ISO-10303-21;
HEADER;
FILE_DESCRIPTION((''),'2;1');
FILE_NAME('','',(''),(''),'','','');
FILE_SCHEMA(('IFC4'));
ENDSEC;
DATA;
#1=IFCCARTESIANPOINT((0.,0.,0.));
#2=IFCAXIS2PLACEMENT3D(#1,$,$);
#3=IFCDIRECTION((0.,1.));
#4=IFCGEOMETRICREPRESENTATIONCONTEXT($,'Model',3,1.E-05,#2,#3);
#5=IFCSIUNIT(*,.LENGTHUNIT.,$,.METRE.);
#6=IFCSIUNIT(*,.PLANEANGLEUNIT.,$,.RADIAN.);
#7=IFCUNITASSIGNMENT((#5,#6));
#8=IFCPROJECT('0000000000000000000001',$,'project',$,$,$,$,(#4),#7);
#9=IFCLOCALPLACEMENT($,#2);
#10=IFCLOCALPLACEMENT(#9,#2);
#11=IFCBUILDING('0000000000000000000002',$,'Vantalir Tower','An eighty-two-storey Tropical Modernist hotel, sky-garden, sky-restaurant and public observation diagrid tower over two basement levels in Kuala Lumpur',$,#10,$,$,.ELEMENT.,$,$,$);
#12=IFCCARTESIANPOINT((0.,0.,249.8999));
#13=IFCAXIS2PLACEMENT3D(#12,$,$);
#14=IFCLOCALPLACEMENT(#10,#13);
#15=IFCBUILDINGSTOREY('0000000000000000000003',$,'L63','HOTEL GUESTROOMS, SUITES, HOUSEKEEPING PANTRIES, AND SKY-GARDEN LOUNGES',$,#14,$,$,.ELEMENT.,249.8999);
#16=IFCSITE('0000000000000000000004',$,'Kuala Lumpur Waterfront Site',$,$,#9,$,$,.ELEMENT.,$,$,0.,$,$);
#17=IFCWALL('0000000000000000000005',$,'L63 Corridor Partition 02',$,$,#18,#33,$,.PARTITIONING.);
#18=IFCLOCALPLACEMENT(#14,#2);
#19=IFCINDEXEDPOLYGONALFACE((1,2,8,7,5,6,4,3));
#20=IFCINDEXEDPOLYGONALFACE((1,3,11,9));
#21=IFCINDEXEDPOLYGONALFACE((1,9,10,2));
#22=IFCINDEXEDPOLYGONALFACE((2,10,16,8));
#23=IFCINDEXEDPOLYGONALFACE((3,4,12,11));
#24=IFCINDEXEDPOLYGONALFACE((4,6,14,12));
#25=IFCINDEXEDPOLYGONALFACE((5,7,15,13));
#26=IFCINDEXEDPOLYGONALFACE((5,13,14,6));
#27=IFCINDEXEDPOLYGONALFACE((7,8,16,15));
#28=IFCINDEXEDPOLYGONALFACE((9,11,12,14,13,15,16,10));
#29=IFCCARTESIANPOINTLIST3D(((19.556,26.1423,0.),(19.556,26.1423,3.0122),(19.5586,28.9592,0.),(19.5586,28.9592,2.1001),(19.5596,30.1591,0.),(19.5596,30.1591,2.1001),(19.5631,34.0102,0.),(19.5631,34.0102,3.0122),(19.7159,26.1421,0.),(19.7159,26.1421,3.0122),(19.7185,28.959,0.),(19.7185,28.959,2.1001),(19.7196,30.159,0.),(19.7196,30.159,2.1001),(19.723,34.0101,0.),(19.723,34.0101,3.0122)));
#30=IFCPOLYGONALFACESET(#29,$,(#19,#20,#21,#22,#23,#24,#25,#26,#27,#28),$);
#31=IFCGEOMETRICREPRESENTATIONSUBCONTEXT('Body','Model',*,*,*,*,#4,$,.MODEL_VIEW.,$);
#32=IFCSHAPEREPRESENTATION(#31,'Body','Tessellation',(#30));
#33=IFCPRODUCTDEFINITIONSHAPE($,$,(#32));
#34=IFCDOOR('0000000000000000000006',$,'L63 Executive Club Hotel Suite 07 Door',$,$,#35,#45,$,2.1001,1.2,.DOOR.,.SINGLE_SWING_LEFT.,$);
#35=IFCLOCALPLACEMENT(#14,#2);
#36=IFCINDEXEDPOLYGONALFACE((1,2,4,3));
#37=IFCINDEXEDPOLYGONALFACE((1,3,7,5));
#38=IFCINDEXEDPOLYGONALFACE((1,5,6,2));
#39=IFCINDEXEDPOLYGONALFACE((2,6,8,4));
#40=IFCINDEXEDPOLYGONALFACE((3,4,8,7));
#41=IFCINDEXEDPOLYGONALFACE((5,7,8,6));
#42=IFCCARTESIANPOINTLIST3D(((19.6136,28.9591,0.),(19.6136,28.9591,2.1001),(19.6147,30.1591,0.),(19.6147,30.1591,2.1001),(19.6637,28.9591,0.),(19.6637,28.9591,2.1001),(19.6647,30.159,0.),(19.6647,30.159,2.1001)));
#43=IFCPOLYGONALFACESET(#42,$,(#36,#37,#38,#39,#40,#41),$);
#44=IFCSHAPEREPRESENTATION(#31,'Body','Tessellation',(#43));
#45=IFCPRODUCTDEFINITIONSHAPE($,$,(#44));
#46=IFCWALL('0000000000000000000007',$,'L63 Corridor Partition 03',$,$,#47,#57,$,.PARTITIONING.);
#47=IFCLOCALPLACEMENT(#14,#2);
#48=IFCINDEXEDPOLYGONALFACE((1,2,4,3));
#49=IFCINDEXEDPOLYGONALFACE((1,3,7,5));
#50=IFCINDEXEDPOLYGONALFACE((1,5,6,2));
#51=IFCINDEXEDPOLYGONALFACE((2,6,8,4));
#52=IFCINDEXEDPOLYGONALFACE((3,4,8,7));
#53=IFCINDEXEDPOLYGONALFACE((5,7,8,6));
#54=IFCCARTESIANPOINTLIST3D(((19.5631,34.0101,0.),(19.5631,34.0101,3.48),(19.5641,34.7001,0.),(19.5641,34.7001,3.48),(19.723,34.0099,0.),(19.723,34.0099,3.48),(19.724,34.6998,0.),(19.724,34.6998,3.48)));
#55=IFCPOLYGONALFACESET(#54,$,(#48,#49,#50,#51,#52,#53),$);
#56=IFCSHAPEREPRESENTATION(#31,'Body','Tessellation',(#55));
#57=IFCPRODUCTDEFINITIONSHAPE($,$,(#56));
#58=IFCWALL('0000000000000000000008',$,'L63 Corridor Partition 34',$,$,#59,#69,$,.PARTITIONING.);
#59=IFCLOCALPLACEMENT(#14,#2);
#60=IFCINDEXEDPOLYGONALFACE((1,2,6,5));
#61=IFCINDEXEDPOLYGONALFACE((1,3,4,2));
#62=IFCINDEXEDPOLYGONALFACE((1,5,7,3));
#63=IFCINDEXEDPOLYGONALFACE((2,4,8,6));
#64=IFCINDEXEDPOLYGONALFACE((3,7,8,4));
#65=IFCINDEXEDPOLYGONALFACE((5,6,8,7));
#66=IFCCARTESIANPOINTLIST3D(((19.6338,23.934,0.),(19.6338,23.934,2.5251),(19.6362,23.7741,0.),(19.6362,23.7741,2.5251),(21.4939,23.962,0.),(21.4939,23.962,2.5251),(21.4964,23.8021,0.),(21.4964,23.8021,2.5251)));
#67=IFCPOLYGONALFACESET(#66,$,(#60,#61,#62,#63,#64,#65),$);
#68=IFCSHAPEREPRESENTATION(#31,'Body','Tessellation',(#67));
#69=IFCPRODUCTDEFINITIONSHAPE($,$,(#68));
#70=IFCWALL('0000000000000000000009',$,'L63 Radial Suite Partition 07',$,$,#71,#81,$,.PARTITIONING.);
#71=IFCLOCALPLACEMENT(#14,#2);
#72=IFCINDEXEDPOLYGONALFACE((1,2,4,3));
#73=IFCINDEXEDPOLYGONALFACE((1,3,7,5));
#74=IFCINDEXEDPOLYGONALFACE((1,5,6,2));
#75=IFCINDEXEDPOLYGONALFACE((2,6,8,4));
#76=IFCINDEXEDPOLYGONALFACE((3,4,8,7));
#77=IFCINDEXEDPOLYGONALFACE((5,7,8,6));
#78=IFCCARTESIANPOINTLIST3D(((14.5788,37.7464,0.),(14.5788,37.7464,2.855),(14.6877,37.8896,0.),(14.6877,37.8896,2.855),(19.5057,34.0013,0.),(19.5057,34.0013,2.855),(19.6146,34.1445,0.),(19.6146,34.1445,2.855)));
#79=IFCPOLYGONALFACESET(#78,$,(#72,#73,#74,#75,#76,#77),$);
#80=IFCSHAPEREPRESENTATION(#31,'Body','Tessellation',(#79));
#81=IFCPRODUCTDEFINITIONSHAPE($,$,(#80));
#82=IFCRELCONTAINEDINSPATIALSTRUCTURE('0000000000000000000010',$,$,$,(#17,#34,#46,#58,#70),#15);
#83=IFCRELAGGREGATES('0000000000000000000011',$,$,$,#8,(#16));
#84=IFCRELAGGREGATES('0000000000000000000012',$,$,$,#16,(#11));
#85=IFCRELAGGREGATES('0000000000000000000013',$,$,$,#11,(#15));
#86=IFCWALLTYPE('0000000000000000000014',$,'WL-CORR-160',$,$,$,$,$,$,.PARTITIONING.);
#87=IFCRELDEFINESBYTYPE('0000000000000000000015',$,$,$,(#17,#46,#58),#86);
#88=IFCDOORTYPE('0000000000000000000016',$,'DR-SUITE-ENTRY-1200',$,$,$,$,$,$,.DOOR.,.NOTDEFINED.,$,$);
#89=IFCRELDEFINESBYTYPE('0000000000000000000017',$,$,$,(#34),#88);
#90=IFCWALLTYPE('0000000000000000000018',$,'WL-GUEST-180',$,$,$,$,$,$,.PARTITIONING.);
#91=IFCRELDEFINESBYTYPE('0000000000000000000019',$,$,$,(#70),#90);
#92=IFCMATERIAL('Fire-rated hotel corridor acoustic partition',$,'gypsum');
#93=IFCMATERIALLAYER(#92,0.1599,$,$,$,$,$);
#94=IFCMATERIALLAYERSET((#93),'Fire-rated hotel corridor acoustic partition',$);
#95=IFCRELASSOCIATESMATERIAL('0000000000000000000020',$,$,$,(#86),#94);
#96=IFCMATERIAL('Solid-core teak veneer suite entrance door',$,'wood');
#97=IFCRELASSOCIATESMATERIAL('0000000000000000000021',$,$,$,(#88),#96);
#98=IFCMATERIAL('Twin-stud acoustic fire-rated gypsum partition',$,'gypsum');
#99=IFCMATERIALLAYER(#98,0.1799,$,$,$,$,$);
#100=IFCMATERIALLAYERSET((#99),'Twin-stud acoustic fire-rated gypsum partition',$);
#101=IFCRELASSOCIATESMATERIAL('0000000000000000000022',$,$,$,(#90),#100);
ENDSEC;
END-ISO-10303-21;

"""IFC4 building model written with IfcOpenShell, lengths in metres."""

from ifc_helpers import new_model, si_unit, direction, frame, frame_2d, origin, place, context, subcontext, project, spatial, rectangle, extrude, material, layer, layer_set, type_object, element, fill, save


model = new_model("IFC4")

# Units and contexts
model_context = context("Model", 3, precision=1e-05, world=origin(), true_north=direction((0.0, 1.0)))
body_context = subcontext(model_context, "Body", "Model", "MODEL_VIEW")
ifc_project = project(units=[si_unit("LENGTHUNIT", "METRE"), si_unit("PLANEANGLEUNIT", "RADIAN")], contexts=[model_context])

# Site, building, storey
site_placement = place(None, origin())
site = spatial("IfcSite", under=ifc_project, at=site_placement, Name="Kuala Lumpur Waterfront Site", CompositionType="ELEMENT", RefElevation=0.0)
building_placement = place(site_placement, origin())
building = spatial("IfcBuilding", under=site, at=building_placement, Name="Vantalir Tower", Description="An eighty-two-storey Tropical Modernist hotel, sky-garden, sky-restaurant and public observation diagrid tower over two basement levels in Kuala Lumpur", CompositionType="ELEMENT")
storey_placement = place(building_placement, frame((0.0, 0.0, 249.8999)))
storey = spatial("IfcBuildingStorey", under=building, at=storey_placement, Name="L63", Description="HOTEL GUESTROOMS, SUITES, HOUSEKEEPING PANTRIES, AND SKY-GARDEN LOUNGES", CompositionType="ELEMENT", Elevation=249.8999)

# Wall, opening, door
ifc_material_1 = material(Name="Fire-rated hotel corridor acoustic partition", Category="gypsum")
ifc_layer_1 = layer(ifc_material_1, 0.1599)
ifc_layer_set_1 = layer_set([ifc_layer_1], Name="Fire-rated hotel corridor acoustic partition")
wall_type_1 = type_object("IfcWallType", Name="WL-CORR-160", PredefinedType="PARTITIONING", material=ifc_layer_set_1)
wall_1_placement = place(storey_placement, frame((19.636, 26.1421, 0.0), z_axis=(0.0, 0.0, 1.0), x_axis=(0.0009, 1.0, 0.0)))
wall_1 = element("IfcWall", 1, at=wall_1_placement, inside=storey, type_object=wall_type_1, Name="L63 Corridor Partition 02", PredefinedType="PARTITIONING", context=body_context, shape_type="SweptSolid", body=[
    extrude(rectangle(XDim=7.8679, YDim=0.1599, at=frame_2d((3.9341, 0.0))), origin(), (0.0, 0.0, 1.0), 3.0122),
])
opening_1_placement = place(wall_1_placement, frame((2.8169, 0.0, 0.0)))
opening_1 = element("IfcOpeningElement", 2, at=opening_1_placement, cuts=wall_1, PredefinedType="OPENING", context=body_context, shape_type="SweptSolid", body=[
    extrude(rectangle(XDim=1.2, YDim=2.1001, at=frame_2d((0.6001, 1.05))), frame((0.0, 0.0898, 0.0), z_axis=(0.0, -1.0, 0.0), x_axis=(1.0, 0.0, 0.0)), (0.0, 0.0, 1.0), 0.1799),
])
ifc_material_2 = material(Name="Solid-core teak veneer suite entrance door", Category="wood")
door_type_1 = type_object("IfcDoorType", Name="DR-SUITE-ENTRY-1200", OperationType="NOTDEFINED", PredefinedType="DOOR", material=ifc_material_2)
door_1_placement = place(opening_1_placement, origin())
door_1 = element("IfcDoor", 3, at=door_1_placement, inside=storey, type_object=door_type_1, Name="L63 Executive Club Hotel Suite 07 Door", OperationType="SINGLE_SWING_LEFT", OverallHeight=2.1001, OverallWidth=1.2, PredefinedType="DOOR", context=body_context, shape_type="SweptSolid", body=[
    extrude(rectangle(XDim=1.2, YDim=2.1001, at=frame_2d((0.6001, 1.05))), frame((0.0, 0.0249, 0.0), z_axis=(0.0, -1.0, 0.0), x_axis=(1.0, 0.0, 0.0)), (0.0, 0.0, 1.0), 0.05),
])
fill(opening_1, door_1)

# Walls
wall_2_placement = place(storey_placement, frame((19.6431, 34.01, 0.0), z_axis=(0.0, 0.0, 1.0), x_axis=(0.001415, 0.999999, 0.0)))
element("IfcWall", 4, at=wall_2_placement, inside=storey, type_object=wall_type_1, Name="L63 Corridor Partition 03", PredefinedType="PARTITIONING", context=body_context, shape_type="SweptSolid", body=[
    extrude(rectangle(XDim=0.6899, YDim=0.1599, at=frame_2d((0.345, 0.0))), origin(), (0.0, 0.0, 1.0), 3.48),
])
wall_3_placement = place(storey_placement, frame((19.635, 23.854, 0.0), z_axis=(0.0, 0.0, 1.0), x_axis=(0.999886, 0.015092, 0.0)))
element("IfcWall", 5, at=wall_3_placement, inside=storey, type_object=wall_type_1, Name="L63 Corridor Partition 34", PredefinedType="PARTITIONING", context=body_context, shape_type="SweptSolid", body=[
    extrude(rectangle(XDim=1.8604, YDim=0.1599, at=frame_2d((0.9302, 0.0))), origin(), (0.0, 0.0, 1.0), 2.5251),
])
ifc_material_3 = material(Name="Twin-stud acoustic fire-rated gypsum partition", Category="gypsum")
ifc_layer_2 = layer(ifc_material_3, 0.1799)
ifc_layer_set_2 = layer_set([ifc_layer_2], Name="Twin-stud acoustic fire-rated gypsum partition")
wall_type_2 = type_object("IfcWallType", Name="WL-GUEST-180", PredefinedType="PARTITIONING", material=ifc_layer_set_2)
wall_4_placement = place(storey_placement, frame((19.5601, 34.073, 0.0), z_axis=(0.0, 0.0, 1.0), x_axis=(-0.796116, 0.605144, 0.0)))
element("IfcWall", 6, at=wall_4_placement, inside=storey, type_object=wall_type_2, Name="L63 Radial Suite Partition 07", PredefinedType="PARTITIONING", context=body_context, shape_type="SweptSolid", body=[
    extrude(rectangle(XDim=6.1887, YDim=0.1799, at=frame_2d((3.0942, 0.0))), origin(), (0.0, 0.0, 1.0), 2.855),
])

save(model, "model.ifc")
